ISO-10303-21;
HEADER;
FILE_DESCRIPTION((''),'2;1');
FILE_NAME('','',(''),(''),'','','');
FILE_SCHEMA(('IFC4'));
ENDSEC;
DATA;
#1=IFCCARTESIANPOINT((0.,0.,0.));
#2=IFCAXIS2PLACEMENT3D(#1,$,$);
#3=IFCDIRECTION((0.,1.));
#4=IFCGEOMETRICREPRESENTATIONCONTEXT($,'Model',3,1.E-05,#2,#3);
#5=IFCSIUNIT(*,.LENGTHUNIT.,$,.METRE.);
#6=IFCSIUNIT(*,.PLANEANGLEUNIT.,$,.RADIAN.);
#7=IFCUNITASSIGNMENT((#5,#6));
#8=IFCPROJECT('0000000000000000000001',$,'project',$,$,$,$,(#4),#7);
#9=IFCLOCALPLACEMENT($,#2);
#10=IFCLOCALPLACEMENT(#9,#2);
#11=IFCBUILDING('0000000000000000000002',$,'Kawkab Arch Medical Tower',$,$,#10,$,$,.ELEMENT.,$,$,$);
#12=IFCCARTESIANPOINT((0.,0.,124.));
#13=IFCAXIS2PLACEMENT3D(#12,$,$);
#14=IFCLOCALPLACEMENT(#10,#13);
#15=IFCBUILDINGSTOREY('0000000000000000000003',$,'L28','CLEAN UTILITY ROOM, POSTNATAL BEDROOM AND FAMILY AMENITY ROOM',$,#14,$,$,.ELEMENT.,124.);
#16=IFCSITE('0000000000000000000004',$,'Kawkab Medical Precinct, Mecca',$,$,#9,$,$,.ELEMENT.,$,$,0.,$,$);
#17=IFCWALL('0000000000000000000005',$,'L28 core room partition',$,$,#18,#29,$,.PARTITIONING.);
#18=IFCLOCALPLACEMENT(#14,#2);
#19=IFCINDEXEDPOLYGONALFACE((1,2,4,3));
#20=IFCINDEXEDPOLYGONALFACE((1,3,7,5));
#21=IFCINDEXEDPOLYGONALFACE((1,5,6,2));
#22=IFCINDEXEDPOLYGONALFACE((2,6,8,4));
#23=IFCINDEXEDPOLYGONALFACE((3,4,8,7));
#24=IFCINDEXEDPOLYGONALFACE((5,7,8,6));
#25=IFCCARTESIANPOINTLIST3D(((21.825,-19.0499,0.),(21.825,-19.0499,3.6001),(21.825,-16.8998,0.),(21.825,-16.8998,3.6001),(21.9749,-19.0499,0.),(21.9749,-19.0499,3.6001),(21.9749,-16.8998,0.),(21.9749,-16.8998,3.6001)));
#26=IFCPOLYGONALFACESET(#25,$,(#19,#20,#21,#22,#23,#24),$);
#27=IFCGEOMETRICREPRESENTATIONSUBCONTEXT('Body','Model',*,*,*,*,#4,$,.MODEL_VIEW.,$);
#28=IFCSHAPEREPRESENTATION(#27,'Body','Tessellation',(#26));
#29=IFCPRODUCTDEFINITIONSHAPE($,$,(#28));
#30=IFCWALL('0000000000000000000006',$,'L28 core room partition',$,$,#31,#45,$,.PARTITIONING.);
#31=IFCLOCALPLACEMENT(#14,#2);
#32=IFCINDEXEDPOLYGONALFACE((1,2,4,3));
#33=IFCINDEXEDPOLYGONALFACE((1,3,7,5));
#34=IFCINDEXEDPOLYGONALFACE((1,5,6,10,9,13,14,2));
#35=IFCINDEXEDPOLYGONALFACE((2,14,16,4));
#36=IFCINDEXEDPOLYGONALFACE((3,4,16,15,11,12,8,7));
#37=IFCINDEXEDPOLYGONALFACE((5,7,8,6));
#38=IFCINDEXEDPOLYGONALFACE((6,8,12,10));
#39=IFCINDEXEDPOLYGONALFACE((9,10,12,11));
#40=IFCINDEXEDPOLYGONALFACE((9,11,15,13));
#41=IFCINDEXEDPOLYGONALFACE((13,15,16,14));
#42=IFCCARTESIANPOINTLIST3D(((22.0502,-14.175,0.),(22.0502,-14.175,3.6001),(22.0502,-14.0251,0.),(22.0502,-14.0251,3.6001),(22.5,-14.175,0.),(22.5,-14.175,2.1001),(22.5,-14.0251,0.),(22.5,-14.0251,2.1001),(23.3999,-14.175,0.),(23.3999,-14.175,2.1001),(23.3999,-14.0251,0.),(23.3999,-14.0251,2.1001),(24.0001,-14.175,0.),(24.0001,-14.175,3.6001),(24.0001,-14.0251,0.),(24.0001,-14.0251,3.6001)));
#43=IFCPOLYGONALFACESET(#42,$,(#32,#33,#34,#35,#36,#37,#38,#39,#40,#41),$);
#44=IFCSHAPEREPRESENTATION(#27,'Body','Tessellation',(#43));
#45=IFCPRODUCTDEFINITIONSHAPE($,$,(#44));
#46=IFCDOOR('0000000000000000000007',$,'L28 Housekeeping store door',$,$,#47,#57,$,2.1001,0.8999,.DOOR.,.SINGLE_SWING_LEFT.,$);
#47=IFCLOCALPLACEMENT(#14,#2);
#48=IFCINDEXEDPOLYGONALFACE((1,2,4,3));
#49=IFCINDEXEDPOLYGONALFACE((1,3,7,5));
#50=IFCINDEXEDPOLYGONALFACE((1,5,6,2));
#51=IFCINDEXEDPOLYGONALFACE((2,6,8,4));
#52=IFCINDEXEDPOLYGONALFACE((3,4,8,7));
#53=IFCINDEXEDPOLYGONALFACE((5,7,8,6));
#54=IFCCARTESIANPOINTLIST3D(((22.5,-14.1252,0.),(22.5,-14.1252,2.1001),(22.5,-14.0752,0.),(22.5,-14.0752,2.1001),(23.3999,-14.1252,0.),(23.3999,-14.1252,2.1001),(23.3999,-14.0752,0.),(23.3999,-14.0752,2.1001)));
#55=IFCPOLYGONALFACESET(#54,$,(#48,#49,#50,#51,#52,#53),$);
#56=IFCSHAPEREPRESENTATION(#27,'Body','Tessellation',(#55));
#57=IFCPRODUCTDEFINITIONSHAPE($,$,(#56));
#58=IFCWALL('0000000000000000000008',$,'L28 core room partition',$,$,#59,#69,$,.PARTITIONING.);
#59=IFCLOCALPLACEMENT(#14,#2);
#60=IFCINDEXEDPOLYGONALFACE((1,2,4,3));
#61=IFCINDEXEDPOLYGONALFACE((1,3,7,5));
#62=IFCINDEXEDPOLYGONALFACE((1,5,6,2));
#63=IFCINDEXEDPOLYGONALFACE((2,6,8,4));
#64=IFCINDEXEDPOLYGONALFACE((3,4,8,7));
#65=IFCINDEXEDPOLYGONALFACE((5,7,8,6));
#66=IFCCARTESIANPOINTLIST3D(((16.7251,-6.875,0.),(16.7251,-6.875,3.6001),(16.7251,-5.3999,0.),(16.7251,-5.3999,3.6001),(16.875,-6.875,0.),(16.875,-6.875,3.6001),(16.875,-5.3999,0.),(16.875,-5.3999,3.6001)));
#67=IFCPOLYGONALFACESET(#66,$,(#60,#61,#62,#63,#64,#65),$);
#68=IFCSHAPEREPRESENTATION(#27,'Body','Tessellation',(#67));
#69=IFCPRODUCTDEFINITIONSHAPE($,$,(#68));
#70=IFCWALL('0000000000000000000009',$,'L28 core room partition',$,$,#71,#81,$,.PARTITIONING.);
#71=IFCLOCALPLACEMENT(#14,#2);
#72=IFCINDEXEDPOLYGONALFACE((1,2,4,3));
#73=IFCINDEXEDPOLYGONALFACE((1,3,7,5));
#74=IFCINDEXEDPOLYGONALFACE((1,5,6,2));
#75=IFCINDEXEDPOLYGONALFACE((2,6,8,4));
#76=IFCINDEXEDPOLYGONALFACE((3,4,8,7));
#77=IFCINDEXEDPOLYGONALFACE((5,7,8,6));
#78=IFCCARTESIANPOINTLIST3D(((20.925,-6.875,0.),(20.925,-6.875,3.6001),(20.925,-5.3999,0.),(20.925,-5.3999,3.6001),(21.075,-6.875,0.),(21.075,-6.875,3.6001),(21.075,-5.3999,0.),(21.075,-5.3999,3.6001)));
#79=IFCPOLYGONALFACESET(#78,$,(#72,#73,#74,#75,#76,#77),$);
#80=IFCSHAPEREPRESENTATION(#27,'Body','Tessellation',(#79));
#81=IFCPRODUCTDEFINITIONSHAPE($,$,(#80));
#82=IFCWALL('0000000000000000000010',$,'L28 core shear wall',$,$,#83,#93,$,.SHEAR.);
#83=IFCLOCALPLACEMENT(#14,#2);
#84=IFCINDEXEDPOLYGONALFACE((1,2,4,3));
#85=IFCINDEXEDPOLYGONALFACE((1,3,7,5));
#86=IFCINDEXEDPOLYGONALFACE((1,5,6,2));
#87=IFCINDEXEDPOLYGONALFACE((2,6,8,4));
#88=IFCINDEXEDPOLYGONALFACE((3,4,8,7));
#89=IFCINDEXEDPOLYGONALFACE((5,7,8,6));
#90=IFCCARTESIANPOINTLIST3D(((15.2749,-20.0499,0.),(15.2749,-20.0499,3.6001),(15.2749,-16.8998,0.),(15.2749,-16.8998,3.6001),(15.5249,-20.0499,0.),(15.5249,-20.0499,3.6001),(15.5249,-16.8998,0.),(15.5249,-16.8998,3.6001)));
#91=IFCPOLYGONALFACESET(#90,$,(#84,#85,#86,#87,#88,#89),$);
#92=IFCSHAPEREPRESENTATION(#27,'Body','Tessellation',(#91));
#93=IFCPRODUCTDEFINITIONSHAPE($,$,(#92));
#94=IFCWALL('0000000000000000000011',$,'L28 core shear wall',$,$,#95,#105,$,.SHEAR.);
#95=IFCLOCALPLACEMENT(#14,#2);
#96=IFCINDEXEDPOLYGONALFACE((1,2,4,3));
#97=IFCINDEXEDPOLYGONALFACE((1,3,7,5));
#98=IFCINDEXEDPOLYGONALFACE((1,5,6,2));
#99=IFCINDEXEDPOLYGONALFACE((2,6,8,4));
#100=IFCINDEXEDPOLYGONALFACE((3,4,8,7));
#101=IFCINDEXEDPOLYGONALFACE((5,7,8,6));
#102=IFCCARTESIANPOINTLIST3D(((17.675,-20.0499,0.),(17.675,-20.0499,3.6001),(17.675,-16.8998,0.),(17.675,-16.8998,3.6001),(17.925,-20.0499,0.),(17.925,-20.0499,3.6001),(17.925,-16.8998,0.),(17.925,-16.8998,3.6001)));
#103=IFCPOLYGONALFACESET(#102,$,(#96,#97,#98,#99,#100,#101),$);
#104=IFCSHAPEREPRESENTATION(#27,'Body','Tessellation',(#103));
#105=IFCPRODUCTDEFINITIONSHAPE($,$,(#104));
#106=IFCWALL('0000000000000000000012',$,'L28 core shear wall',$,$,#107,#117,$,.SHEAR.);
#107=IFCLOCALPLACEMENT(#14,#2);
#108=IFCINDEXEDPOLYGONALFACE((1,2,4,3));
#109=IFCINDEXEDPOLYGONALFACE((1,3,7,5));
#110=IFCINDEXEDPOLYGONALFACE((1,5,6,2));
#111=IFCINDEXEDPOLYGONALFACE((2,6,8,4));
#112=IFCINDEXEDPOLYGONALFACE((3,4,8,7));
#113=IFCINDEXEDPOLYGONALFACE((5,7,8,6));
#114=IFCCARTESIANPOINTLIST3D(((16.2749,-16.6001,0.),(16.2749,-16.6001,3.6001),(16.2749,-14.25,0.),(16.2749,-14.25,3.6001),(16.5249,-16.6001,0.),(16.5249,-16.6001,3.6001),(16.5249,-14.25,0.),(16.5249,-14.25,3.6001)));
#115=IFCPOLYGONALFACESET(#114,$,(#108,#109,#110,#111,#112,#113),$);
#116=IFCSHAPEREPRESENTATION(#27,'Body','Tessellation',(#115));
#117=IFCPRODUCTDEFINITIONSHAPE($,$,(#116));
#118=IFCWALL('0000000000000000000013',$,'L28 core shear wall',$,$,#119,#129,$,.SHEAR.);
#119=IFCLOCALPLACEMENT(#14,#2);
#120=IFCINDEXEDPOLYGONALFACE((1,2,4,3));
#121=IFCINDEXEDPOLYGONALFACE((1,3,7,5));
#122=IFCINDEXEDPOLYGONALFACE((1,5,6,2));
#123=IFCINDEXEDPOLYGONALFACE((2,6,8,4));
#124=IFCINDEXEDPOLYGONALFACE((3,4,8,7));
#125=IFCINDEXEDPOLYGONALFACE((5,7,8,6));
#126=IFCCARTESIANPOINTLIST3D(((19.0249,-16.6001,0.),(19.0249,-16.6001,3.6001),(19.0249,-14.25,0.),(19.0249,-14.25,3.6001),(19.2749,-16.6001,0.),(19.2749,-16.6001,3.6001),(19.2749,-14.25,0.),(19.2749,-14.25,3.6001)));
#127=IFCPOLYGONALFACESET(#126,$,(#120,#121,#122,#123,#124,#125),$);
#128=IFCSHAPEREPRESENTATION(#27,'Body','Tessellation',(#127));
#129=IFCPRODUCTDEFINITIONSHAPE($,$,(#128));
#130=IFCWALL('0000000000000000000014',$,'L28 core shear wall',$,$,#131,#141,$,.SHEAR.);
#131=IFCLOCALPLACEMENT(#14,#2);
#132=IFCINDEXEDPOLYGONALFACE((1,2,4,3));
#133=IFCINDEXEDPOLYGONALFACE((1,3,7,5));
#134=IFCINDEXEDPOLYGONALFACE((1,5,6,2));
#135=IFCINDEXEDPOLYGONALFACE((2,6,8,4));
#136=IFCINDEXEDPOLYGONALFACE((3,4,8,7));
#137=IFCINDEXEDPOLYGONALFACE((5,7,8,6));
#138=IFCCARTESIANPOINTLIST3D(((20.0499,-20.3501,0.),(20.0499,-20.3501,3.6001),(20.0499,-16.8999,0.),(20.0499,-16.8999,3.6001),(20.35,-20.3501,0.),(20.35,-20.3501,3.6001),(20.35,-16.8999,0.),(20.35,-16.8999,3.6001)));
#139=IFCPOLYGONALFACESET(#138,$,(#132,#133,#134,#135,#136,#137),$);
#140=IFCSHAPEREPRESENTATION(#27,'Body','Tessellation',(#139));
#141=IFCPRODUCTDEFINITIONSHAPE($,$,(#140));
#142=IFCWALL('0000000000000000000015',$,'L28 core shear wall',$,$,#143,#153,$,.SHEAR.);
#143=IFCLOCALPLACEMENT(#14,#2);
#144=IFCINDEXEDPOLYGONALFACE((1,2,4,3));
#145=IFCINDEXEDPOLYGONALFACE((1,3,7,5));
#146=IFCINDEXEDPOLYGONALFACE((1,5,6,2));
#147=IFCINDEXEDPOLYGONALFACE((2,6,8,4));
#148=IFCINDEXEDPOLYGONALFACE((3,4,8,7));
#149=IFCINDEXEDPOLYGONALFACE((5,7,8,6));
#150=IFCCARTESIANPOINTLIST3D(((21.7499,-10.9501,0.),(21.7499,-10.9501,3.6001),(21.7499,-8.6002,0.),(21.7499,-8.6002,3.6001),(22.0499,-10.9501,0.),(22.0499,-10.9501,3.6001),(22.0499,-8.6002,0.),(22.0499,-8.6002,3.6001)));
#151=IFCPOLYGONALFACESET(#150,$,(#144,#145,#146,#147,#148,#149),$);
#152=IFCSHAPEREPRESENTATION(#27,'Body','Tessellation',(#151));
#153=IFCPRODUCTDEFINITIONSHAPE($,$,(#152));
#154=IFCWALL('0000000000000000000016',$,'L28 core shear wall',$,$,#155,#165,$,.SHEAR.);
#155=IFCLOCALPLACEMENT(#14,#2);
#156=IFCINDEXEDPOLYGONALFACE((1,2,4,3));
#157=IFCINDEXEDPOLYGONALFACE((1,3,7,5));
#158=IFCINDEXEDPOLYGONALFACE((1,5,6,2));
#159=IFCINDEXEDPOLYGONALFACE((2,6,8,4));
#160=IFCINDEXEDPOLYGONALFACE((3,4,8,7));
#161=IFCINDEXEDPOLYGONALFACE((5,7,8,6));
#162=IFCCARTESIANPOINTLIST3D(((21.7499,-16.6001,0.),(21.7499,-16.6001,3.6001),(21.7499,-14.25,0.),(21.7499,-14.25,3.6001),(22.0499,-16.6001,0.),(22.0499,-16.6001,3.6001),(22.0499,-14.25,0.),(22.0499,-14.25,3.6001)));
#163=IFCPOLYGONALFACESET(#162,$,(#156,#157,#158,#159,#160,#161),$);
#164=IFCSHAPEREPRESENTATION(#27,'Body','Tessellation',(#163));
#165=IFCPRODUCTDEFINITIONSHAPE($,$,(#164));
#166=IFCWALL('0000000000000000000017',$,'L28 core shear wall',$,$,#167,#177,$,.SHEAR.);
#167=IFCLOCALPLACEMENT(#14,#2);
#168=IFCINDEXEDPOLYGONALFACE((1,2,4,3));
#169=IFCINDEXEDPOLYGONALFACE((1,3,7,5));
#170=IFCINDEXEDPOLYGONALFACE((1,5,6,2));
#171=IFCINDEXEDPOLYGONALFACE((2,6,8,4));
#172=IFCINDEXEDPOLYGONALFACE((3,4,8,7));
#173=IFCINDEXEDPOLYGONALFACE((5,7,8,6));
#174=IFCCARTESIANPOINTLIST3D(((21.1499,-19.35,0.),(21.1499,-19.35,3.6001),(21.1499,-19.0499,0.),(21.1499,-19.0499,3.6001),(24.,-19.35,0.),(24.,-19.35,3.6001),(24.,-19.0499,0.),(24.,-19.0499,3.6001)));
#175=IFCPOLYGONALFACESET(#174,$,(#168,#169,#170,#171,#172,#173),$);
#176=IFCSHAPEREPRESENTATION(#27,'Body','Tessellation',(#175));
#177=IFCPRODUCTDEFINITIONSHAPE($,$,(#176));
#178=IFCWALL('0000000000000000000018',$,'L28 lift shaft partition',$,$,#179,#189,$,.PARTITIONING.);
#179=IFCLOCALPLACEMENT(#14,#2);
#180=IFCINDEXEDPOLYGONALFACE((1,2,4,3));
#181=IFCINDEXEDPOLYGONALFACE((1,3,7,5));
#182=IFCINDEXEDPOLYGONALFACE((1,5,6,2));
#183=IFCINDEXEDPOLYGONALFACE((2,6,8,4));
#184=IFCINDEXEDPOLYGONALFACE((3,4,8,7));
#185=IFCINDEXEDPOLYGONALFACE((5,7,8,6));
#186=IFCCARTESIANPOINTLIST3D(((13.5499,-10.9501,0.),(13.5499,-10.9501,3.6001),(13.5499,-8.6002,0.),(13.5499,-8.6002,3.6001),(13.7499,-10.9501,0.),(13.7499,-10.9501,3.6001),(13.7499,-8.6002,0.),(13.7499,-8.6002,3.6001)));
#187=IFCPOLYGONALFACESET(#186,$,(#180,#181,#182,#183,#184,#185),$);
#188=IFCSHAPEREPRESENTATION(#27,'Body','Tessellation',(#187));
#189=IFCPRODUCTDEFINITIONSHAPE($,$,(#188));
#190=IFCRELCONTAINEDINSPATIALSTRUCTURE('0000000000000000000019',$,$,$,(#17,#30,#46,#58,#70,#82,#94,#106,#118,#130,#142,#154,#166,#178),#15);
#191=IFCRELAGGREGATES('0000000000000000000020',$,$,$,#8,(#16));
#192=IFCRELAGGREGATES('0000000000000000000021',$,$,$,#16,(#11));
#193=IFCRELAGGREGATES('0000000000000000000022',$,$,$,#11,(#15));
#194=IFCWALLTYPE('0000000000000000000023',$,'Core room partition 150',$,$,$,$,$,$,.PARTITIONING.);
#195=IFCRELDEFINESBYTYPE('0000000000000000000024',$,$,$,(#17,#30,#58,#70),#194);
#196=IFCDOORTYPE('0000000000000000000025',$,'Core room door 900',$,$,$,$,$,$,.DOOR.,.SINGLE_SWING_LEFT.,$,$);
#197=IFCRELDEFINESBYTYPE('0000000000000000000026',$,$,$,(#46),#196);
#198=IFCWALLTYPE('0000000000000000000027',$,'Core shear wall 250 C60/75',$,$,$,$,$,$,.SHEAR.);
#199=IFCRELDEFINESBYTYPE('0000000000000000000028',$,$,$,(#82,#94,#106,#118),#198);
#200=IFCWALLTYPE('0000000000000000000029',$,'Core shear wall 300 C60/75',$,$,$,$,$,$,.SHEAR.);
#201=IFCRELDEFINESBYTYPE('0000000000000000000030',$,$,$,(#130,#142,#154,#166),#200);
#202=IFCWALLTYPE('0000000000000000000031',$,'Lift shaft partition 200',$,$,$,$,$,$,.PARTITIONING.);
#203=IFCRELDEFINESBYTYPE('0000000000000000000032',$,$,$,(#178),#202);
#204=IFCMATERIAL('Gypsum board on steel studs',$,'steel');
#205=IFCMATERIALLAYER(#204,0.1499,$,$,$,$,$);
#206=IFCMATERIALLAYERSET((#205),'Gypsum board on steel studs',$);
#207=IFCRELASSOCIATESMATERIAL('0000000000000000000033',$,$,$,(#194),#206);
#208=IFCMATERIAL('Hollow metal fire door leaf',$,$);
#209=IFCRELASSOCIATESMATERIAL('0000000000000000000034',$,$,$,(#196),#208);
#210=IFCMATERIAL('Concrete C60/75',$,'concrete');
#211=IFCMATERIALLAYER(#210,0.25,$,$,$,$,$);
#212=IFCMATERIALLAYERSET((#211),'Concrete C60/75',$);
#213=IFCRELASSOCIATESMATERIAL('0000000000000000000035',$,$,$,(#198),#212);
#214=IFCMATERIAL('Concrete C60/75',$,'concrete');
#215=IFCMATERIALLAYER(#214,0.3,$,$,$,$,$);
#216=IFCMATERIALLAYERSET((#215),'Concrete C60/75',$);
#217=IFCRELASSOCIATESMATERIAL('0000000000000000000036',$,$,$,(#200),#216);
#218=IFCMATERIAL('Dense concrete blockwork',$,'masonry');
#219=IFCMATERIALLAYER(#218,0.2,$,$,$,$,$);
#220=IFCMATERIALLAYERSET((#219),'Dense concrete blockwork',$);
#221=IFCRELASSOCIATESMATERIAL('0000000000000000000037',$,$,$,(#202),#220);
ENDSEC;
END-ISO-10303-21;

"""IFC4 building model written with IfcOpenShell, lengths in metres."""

from ifc_helpers import new_model, si_unit, direction, frame, frame_2d, origin, place, context, subcontext, project, spatial, rectangle, extrude, material, layer, layer_set, type_object, element, fill, save


model = new_model("IFC4")

# Units and contexts
model_context = context("Model", 3, precision=1e-05, world=origin(), true_north=direction((0.0, 1.0)))
body_context = subcontext(model_context, "Body", "Model", "MODEL_VIEW")
ifc_project = project(units=[si_unit("LENGTHUNIT", "METRE"), si_unit("PLANEANGLEUNIT", "RADIAN")], contexts=[model_context])

# Site, building, storey
site_placement = place(None, origin())
site = spatial("IfcSite", under=ifc_project, at=site_placement, Name="Kawkab Medical Precinct, Mecca", CompositionType="ELEMENT", RefElevation=0.0)
building_placement = place(site_placement, origin())
building = spatial("IfcBuilding", under=site, at=building_placement, Name="Kawkab Arch Medical Tower", CompositionType="ELEMENT")
storey_placement = place(building_placement, frame((0.0, 0.0, 124.0)))
storey = spatial("IfcBuildingStorey", under=building, at=storey_placement, Name="L28", Description="CLEAN UTILITY ROOM, POSTNATAL BEDROOM AND FAMILY AMENITY ROOM", CompositionType="ELEMENT", Elevation=124.0)

# Wall
ifc_material_1 = material(Name="Gypsum board on steel studs", Category="steel")
ifc_layer_1 = layer(ifc_material_1, 0.1499)
ifc_layer_set_1 = layer_set([ifc_layer_1], Name="Gypsum board on steel studs")
wall_type_1 = type_object("IfcWallType", Name="Core room partition 150", PredefinedType="PARTITIONING", material=ifc_layer_set_1)
wall_1_placement = place(storey_placement, frame((21.8999, -19.05, 0.0), z_axis=(0.0, 0.0, 1.0), x_axis=(0.0, 1.0, 0.0)))
element("IfcWall", 1, at=wall_1_placement, inside=storey, type_object=wall_type_1, Name="L28 core room partition", PredefinedType="PARTITIONING", context=body_context, shape_type="SweptSolid", body=[
    extrude(rectangle(XDim=2.1501, YDim=0.1499, at=frame_2d((1.0752, 0.0))), origin(), (0.0, 0.0, 1.0), 3.6001),
])

# Wall, opening, door
wall_2_placement = place(storey_placement, frame((22.05, -14.1001, 0.0), z_axis=(0.0, 0.0, 1.0), x_axis=(1.0, 0.0, 0.0)))
wall_2 = element("IfcWall", 2, at=wall_2_placement, inside=storey, type_object=wall_type_1, Name="L28 core room partition", PredefinedType="PARTITIONING", context=body_context, shape_type="SweptSolid", body=[
    extrude(rectangle(XDim=1.95, YDim=0.1499, at=frame_2d((0.9751, 0.0))), origin(), (0.0, 0.0, 1.0), 3.6001),
])
opening_placement = place(wall_2_placement, frame((0.45, 0.0, 0.0)))
opening = element("IfcOpeningElement", 3, at=opening_placement, cuts=wall_2, PredefinedType="OPENING", context=body_context, shape_type="SweptSolid", body=[
    extrude(rectangle(XDim=0.8999, YDim=2.1001, at=frame_2d((0.45, 1.05))), frame((0.0, 0.085, 0.0), z_axis=(0.0, -1.0, 0.0), x_axis=(1.0, 0.0, 0.0)), (0.0, 0.0, 1.0), 0.1699),
])
ifc_material_2 = material(Name="Hollow metal fire door leaf")
door_type = type_object("IfcDoorType", Name="Core room door 900", OperationType="SINGLE_SWING_LEFT", PredefinedType="DOOR", material=ifc_material_2)
door_placement = place(opening_placement, origin())
door = element("IfcDoor", 4, at=door_placement, inside=storey, type_object=door_type, Name="L28 Housekeeping store door", OperationType="SINGLE_SWING_LEFT", OverallHeight=2.1001, OverallWidth=0.8999, PredefinedType="DOOR", context=body_context, shape_type="SweptSolid", body=[
    extrude(rectangle(XDim=0.8999, YDim=2.1001, at=frame_2d((0.45, 1.05))), frame((0.0, 0.0249, 0.0), z_axis=(0.0, -1.0, 0.0), x_axis=(1.0, 0.0, 0.0)), (0.0, 0.0, 1.0), 0.05),
])
fill(opening, door)

# Walls
for number, where, z_axis, x_axis, name in (
    (5, (16.8, -6.875, 0.0), (0.0, 0.0, 1.0), (0.0, 1.0, 0.0), "L28 core room partition"),
    (6, (21.0, -6.875, 0.0), (0.0, 0.0, 1.0), (0.0, 1.0, 0.0), "L28 core room partition"),
):
    element("IfcWall", number, at=place(storey_placement, frame(where, z_axis=z_axis, x_axis=x_axis)), inside=storey, type_object=wall_type_1, Name=name, PredefinedType="PARTITIONING", context=body_context, shape_type="SweptSolid", body=[
        extrude(rectangle(XDim=1.4751, YDim=0.1499, at=frame_2d((0.7375, 0.0))), origin(), (0.0, 0.0, 1.0), 3.6001),
    ])
ifc_material_3 = material(Name="Concrete C60/75", Category="concrete")
ifc_layer_2 = layer(ifc_material_3, 0.25)
ifc_layer_set_2 = layer_set([ifc_layer_2], Name="Concrete C60/75")
wall_type_2 = type_object("IfcWallType", Name="Core shear wall 250 C60/75", PredefinedType="SHEAR", material=ifc_layer_set_2)
for number, where, z_axis, x_axis, name in (
    (7, (15.3999, -20.05, 0.0), (0.0, 0.0, 1.0), (0.0, 1.0, 0.0), "L28 core shear wall"),
    (8, (17.8, -20.05, 0.0), (0.0, 0.0, 1.0), (0.0, 1.0, 0.0), "L28 core shear wall"),
):
    element("IfcWall", number, at=place(storey_placement, frame(where, z_axis=z_axis, x_axis=x_axis)), inside=storey, type_object=wall_type_2, Name=name, PredefinedType="SHEAR", context=body_context, shape_type="SweptSolid", body=[
        extrude(rectangle(XDim=3.1501, YDim=0.25, at=frame_2d((1.5752, 0.0))), origin(), (0.0, 0.0, 1.0), 3.6001),
    ])
for number, where, z_axis, x_axis, name in (
    (9, (16.3999, -16.6001, 0.0), (0.0, 0.0, 1.0), (0.0, 1.0, 0.0), "L28 core shear wall"),
    (10, (19.1499, -16.6001, 0.0), (0.0, 0.0, 1.0), (0.0, 1.0, 0.0), "L28 core shear wall"),
):
    element("IfcWall", number, at=place(storey_placement, frame(where, z_axis=z_axis, x_axis=x_axis)), inside=storey, type_object=wall_type_2, Name=name, PredefinedType="SHEAR", context=body_context, shape_type="SweptSolid", body=[
        extrude(rectangle(XDim=2.3501, YDim=0.25, at=frame_2d((1.175, 0.0))), origin(), (0.0, 0.0, 1.0), 3.6001),
    ])
ifc_material_4 = material(Name="Concrete C60/75", Category="concrete")
ifc_layer_3 = layer(ifc_material_4, 0.3)
ifc_layer_set_3 = layer_set([ifc_layer_3], Name="Concrete C60/75")
wall_type_3 = type_object("IfcWallType", Name="Core shear wall 300 C60/75", PredefinedType="SHEAR", material=ifc_layer_set_3)
wall_3_placement = place(storey_placement, frame((20.2, -20.3501, 0.0), z_axis=(0.0, 0.0, 1.0), x_axis=(0.0, 1.0, 0.0)))
element("IfcWall", 11, at=wall_3_placement, inside=storey, type_object=wall_type_3, Name="L28 core shear wall", PredefinedType="SHEAR", context=body_context, shape_type="SweptSolid", body=[
    extrude(rectangle(XDim=3.4502, YDim=0.3, at=frame_2d((1.7251, 0.0))), origin(), (0.0, 0.0, 1.0), 3.6001),
])
wall_4_placement = place(storey_placement, frame((21.8999, -10.95, 0.0), z_axis=(0.0, 0.0, 1.0), x_axis=(0.0, 1.0, 0.0)))
element("IfcWall", 12, at=wall_4_placement, inside=storey, type_object=wall_type_3, Name="L28 core shear wall", PredefinedType="SHEAR", context=body_context, shape_type="SweptSolid", body=[
    extrude(rectangle(XDim=2.3499, YDim=0.3, at=frame_2d((1.1748, 0.0))), origin(), (0.0, 0.0, 1.0), 3.6001),
])
wall_5_placement = place(storey_placement, frame((21.8999, -16.6001, 0.0), z_axis=(0.0, 0.0, 1.0), x_axis=(0.0, 1.0, 0.0)))
element("IfcWall", 13, at=wall_5_placement, inside=storey, type_object=wall_type_3, Name="L28 core shear wall", PredefinedType="SHEAR", context=body_context, shape_type="SweptSolid", body=[
    extrude(rectangle(XDim=2.3501, YDim=0.3, at=frame_2d((1.175, 0.0))), origin(), (0.0, 0.0, 1.0), 3.6001),
])
wall_6_placement = place(storey_placement, frame((21.1499, -19.2, 0.0), z_axis=(0.0, 0.0, 1.0), x_axis=(1.0, 0.0, 0.0)))
element("IfcWall", 14, at=wall_6_placement, inside=storey, type_object=wall_type_3, Name="L28 core shear wall", PredefinedType="SHEAR", context=body_context, shape_type="SweptSolid", body=[
    extrude(rectangle(XDim=2.8501, YDim=0.3, at=frame_2d((1.425, 0.0))), origin(), (0.0, 0.0, 1.0), 3.6001),
])
ifc_material_5 = material(Name="Dense concrete blockwork", Category="masonry")
ifc_layer_4 = layer(ifc_material_5, 0.2)
ifc_layer_set_4 = layer_set([ifc_layer_4], Name="Dense concrete blockwork")
wall_type_4 = type_object("IfcWallType", Name="Lift shaft partition 200", PredefinedType="PARTITIONING", material=ifc_layer_set_4)
for number, where, z_axis, x_axis, name in (
    (15, (13.6499, -10.95, 0.0), (0.0, 0.0, 1.0), (0.0, 1.0, 0.0), "L28 lift shaft partition"),
):
    element("IfcWall", number, at=place(storey_placement, frame(where, z_axis=z_axis, x_axis=x_axis)), inside=storey, type_object=wall_type_4, Name=name, PredefinedType="PARTITIONING", context=body_context, shape_type="SweptSolid", body=[
        extrude(rectangle(XDim=2.3499, YDim=0.2, at=frame_2d((1.1748, 0.0))), origin(), (0.0, 0.0, 1.0), 3.6001),
    ])

save(model, "model.ifc")
